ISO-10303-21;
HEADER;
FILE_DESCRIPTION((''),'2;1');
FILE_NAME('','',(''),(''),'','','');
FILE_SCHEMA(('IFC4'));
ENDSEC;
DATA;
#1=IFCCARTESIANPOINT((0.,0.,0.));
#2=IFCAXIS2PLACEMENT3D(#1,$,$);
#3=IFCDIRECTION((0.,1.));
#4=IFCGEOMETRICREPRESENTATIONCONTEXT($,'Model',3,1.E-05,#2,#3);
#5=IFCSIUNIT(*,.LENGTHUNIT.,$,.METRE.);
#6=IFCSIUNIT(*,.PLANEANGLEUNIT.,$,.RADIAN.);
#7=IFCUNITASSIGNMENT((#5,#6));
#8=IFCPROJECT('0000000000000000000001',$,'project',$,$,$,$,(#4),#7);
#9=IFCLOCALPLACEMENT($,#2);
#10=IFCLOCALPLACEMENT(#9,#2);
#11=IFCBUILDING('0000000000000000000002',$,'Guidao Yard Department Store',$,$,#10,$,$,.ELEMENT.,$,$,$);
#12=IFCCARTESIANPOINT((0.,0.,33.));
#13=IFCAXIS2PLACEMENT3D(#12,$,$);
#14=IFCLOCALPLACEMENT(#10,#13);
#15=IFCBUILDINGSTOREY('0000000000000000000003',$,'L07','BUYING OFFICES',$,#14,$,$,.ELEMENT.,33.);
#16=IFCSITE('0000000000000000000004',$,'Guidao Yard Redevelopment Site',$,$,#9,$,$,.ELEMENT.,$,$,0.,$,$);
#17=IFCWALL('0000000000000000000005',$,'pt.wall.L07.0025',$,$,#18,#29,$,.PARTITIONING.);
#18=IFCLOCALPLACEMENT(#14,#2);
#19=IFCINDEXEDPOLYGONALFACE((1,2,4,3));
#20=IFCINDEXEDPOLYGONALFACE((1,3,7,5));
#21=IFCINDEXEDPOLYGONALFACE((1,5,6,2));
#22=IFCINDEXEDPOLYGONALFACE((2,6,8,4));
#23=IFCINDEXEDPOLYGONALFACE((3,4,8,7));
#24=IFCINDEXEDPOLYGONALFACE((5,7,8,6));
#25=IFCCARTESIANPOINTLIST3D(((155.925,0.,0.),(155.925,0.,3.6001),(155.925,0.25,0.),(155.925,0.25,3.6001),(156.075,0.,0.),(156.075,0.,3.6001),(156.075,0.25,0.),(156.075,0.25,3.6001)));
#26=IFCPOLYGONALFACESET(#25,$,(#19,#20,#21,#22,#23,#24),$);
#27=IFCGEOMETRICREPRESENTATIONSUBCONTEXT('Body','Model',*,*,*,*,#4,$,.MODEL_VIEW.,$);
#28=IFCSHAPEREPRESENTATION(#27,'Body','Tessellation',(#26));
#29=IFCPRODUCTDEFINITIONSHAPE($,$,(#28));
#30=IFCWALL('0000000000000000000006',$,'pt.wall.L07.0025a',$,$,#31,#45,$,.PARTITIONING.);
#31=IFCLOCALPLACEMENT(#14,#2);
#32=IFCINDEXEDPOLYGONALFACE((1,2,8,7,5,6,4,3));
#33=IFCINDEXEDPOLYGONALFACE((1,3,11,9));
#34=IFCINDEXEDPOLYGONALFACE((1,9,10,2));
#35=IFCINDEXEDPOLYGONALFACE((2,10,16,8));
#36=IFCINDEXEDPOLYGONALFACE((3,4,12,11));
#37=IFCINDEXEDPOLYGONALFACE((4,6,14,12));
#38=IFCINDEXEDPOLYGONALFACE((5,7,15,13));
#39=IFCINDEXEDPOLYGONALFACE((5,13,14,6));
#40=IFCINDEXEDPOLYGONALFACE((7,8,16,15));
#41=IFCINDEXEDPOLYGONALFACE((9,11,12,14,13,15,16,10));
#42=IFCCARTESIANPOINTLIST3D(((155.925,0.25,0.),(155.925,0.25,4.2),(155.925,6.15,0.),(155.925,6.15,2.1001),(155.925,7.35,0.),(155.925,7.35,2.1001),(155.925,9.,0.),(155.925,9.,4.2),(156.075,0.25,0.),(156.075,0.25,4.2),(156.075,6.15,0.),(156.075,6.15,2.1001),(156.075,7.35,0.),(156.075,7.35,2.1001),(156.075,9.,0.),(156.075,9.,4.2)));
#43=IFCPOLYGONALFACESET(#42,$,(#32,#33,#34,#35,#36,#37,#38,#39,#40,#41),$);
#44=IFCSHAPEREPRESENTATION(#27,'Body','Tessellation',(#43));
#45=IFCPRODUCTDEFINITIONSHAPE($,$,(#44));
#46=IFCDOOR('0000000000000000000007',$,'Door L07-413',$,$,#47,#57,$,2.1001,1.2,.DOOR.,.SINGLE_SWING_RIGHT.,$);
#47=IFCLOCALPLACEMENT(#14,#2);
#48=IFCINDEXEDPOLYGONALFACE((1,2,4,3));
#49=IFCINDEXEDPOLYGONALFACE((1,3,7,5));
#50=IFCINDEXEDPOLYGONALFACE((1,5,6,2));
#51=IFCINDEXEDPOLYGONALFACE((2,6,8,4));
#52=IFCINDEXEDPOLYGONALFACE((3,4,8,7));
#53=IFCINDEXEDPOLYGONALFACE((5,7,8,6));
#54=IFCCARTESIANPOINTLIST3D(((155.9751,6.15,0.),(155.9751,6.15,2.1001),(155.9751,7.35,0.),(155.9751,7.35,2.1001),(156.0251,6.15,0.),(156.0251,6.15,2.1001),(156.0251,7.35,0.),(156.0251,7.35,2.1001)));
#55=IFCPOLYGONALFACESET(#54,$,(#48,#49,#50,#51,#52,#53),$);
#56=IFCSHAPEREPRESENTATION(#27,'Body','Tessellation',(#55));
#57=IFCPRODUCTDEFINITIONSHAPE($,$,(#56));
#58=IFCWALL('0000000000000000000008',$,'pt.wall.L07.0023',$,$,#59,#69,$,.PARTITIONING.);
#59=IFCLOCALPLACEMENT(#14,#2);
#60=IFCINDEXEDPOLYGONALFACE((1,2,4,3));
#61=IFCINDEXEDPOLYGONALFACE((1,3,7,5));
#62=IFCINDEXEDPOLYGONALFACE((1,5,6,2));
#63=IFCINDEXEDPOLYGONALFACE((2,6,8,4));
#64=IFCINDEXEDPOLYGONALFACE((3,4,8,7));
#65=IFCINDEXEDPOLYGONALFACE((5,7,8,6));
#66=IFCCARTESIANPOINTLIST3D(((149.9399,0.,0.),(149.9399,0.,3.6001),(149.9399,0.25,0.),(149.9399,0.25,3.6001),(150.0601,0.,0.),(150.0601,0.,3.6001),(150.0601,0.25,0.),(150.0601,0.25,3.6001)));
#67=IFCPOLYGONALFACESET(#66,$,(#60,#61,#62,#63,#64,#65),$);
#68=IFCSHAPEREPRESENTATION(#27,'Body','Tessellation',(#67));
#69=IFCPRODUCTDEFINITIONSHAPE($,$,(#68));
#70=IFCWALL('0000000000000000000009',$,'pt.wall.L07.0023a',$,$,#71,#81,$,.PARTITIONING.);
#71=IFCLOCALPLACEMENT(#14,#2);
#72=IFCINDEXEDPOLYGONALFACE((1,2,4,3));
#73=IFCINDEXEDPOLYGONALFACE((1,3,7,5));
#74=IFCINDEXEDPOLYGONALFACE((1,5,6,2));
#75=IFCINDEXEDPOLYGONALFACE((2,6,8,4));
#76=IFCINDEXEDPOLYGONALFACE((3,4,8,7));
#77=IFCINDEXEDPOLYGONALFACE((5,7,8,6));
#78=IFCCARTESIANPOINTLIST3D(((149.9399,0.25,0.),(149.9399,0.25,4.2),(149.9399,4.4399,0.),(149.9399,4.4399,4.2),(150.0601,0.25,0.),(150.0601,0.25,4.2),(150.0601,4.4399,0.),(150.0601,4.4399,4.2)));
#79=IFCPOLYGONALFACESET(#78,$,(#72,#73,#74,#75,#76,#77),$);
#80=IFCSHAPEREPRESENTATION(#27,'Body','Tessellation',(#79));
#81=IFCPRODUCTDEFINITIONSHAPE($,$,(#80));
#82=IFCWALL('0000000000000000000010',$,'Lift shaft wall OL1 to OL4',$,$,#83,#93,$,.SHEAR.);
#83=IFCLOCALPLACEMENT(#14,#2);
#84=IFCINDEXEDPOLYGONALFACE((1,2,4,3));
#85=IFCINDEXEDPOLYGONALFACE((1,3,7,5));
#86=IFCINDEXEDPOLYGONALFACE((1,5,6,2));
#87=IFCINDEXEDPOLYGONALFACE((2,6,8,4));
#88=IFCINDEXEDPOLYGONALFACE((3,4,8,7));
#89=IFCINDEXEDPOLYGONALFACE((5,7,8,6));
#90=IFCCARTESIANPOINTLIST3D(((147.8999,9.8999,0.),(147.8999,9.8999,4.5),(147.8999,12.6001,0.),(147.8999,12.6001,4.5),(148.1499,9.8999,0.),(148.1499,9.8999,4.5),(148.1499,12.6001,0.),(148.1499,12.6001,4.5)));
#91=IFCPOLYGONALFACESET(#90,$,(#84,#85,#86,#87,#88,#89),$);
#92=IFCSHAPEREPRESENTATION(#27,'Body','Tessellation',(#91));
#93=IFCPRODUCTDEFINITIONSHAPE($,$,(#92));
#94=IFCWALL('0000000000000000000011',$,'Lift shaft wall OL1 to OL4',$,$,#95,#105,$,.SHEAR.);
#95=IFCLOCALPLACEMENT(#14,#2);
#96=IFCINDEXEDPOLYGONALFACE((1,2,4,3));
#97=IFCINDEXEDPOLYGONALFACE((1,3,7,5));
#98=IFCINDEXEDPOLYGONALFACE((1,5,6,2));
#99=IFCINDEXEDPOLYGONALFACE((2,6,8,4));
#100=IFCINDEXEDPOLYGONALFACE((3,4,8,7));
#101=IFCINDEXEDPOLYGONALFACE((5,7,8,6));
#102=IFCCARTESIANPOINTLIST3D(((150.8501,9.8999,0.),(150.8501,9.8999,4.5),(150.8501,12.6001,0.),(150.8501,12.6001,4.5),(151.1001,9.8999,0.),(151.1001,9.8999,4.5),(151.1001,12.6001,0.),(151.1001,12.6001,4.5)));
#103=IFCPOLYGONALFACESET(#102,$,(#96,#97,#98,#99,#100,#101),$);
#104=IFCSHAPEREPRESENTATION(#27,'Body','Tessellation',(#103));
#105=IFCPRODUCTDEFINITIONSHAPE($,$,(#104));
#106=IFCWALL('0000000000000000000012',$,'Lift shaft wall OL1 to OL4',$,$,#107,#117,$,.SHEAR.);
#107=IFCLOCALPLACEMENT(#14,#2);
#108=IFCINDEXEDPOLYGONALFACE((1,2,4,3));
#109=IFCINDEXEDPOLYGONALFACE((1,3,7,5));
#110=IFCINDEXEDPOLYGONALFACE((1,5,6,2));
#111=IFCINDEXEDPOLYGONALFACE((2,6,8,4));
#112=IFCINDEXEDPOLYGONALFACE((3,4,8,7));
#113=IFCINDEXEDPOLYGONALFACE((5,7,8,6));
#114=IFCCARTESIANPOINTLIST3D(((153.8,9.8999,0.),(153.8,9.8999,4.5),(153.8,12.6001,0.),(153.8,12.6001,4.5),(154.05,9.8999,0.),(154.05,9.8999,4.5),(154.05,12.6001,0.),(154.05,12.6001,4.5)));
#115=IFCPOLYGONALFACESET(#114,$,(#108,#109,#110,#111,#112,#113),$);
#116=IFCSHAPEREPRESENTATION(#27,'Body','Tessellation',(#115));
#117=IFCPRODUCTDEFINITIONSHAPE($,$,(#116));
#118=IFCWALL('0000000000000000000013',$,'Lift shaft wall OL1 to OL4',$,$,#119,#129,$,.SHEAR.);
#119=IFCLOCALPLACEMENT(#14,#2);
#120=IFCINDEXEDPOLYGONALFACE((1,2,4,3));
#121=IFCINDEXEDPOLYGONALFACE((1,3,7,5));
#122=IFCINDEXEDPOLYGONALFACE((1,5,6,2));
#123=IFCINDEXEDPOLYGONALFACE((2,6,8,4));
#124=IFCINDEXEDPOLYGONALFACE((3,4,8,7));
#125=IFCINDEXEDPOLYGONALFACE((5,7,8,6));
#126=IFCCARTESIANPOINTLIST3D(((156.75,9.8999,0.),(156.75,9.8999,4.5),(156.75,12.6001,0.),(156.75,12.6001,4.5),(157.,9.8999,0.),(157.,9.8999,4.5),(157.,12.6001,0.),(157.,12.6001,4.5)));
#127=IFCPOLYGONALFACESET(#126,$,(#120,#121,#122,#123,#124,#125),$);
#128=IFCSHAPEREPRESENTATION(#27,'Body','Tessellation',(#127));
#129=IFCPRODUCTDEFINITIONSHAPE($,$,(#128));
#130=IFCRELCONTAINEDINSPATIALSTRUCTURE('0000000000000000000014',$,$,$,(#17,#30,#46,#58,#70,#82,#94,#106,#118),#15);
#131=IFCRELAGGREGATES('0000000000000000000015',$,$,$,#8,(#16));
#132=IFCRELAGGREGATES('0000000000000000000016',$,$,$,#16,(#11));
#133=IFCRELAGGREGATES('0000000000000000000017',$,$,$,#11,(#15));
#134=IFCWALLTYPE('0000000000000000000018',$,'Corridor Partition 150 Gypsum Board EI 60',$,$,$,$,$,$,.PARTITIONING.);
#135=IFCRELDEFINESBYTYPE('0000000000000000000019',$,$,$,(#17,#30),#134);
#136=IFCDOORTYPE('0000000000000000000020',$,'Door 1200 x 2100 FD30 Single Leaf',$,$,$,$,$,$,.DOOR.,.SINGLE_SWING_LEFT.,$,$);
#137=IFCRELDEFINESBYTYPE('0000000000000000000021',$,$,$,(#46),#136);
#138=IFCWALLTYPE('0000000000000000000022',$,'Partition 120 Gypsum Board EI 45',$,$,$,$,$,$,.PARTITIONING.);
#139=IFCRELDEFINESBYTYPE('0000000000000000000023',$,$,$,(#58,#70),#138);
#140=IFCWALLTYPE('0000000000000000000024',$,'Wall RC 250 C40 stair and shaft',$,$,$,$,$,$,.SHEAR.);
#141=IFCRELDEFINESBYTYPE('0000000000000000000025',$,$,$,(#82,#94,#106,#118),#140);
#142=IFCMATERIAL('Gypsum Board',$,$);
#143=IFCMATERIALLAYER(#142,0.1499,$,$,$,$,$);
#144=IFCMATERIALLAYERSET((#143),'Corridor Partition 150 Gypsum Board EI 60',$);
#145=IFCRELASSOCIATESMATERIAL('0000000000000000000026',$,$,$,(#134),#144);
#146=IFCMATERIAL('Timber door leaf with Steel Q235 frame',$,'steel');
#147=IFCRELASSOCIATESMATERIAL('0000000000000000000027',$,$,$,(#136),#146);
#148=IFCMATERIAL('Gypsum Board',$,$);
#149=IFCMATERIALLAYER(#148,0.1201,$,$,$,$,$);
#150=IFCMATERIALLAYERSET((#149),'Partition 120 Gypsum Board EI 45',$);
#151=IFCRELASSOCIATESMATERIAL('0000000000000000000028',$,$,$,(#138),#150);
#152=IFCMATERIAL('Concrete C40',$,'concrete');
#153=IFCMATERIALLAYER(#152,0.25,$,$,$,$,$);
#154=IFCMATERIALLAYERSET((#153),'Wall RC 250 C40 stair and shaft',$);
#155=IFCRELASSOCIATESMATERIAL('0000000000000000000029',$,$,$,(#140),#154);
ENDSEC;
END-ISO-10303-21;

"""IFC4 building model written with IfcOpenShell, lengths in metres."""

from ifc_helpers import new_model, si_unit, direction, frame, frame_2d, origin, place, context, subcontext, project, spatial, rectangle, extrude, material, layer, layer_set, type_object, element, fill, save


model = new_model("IFC4")

# Units and contexts
model_context = context("Model", 3, precision=1e-05, world=origin(), true_north=direction((0.0, 1.0)))
body_context = subcontext(model_context, "Body", "Model", "MODEL_VIEW")
ifc_project = project(units=[si_unit("LENGTHUNIT", "METRE"), si_unit("PLANEANGLEUNIT", "RADIAN")], contexts=[model_context])

# Site, building, storey
site_placement = place(None, origin())
site = spatial("IfcSite", under=ifc_project, at=site_placement, Name="Guidao Yard Redevelopment Site", CompositionType="ELEMENT", RefElevation=0.0)
building_placement = place(site_placement, origin())
building = spatial("IfcBuilding", under=site, at=building_placement, Name="Guidao Yard Department Store", CompositionType="ELEMENT")
storey_placement = place(building_placement, frame((0.0, 0.0, 33.0)))
storey = spatial("IfcBuildingStorey", under=building, at=storey_placement, Name="L07", Description="BUYING OFFICES", CompositionType="ELEMENT", Elevation=33.0)

# Wall
ifc_material_1 = material(Name="Gypsum Board")
ifc_layer_1 = layer(ifc_material_1, 0.1499)
ifc_layer_set_1 = layer_set([ifc_layer_1], Name="Corridor Partition 150 Gypsum Board EI 60")
wall_type_1 = type_object("IfcWallType", Name="Corridor Partition 150 Gypsum Board EI 60", PredefinedType="PARTITIONING", material=ifc_layer_set_1)
wall_1_placement = place(storey_placement, frame((156.0, 0.0, 0.0), z_axis=(0.0, 0.0, 1.0), x_axis=(0.0, 1.0, 0.0)))
element("IfcWall", 1, at=wall_1_placement, inside=storey, type_object=wall_type_1, Name="pt.wall.L07.0025", PredefinedType="PARTITIONING", context=body_context, shape_type="SweptSolid", body=[
    extrude(rectangle(XDim=0.25, YDim=0.1499, at=frame_2d((0.125, 0.0))), origin(), (0.0, 0.0, 1.0), 3.6001),
])

# Wall, opening, door
wall_2_placement = place(storey_placement, frame((156.0, 0.25, 0.0), z_axis=(0.0, 0.0, 1.0), x_axis=(0.0, 1.0, 0.0)))
wall_2 = element("IfcWall", 2, at=wall_2_placement, inside=storey, type_object=wall_type_1, Name="pt.wall.L07.0025a", PredefinedType="PARTITIONING", context=body_context, shape_type="SweptSolid", body=[
    extrude(rectangle(XDim=8.75, YDim=0.1499, at=frame_2d((4.375, 0.0))), origin(), (0.0, 0.0, 1.0), 4.2),
])
opening_placement = place(wall_2_placement, frame((5.8999, 0.0, 0.0)))
opening = element("IfcOpeningElement", 3, at=opening_placement, cuts=wall_2, PredefinedType="OPENING", context=body_context, shape_type="SweptSolid", body=[
    extrude(rectangle(XDim=1.2, YDim=2.1001, at=frame_2d((0.6001, 1.05))), frame((0.0, 0.085, 0.0), z_axis=(0.0, -1.0, 0.0), x_axis=(1.0, 0.0, 0.0)), (0.0, 0.0, 1.0), 0.1699),
])
ifc_material_2 = material(Name="Timber door leaf with Steel Q235 frame", Category="steel")
door_type = type_object("IfcDoorType", Name="Door 1200 x 2100 FD30 Single Leaf", OperationType="SINGLE_SWING_LEFT", PredefinedType="DOOR", material=ifc_material_2)
door_placement = place(opening_placement, origin())
door = element("IfcDoor", 4, at=door_placement, inside=storey, type_object=door_type, Name="Door L07-413", OperationType="SINGLE_SWING_RIGHT", OverallHeight=2.1001, OverallWidth=1.2, PredefinedType="DOOR", context=body_context, shape_type="SweptSolid", body=[
    extrude(rectangle(XDim=1.2, YDim=2.1001, at=frame_2d((0.6001, 1.05))), frame((0.0, 0.0249, 0.0), z_axis=(0.0, -1.0, 0.0), x_axis=(1.0, 0.0, 0.0)), (0.0, 0.0, 1.0), 0.05),
])
fill(opening, door)

# Walls
ifc_material_3 = material(Name="Gypsum Board")
ifc_layer_2 = layer(ifc_material_3, 0.1201)
ifc_layer_set_2 = layer_set([ifc_layer_2], Name="Partition 120 Gypsum Board EI 45")
wall_type_2 = type_object("IfcWallType", Name="Partition 120 Gypsum Board EI 45", PredefinedType="PARTITIONING", material=ifc_layer_set_2)
wall_3_placement = place(storey_placement, frame((150.0, 0.0, 0.0), z_axis=(0.0, 0.0, 1.0), x_axis=(0.0, 1.0, 0.0)))
element("IfcWall", 5, at=wall_3_placement, inside=storey, type_object=wall_type_2, Name="pt.wall.L07.0023", PredefinedType="PARTITIONING", context=body_context, shape_type="SweptSolid", body=[
    extrude(rectangle(XDim=0.25, YDim=0.1201, at=frame_2d((0.125, 0.0))), origin(), (0.0, 0.0, 1.0), 3.6001),
])
wall_4_placement = place(storey_placement, frame((150.0, 0.25, 0.0), z_axis=(0.0, 0.0, 1.0), x_axis=(0.0, 1.0, 0.0)))
element("IfcWall", 6, at=wall_4_placement, inside=storey, type_object=wall_type_2, Name="pt.wall.L07.0023a", PredefinedType="PARTITIONING", context=body_context, shape_type="SweptSolid", body=[
    extrude(rectangle(XDim=4.1899, YDim=0.1201, at=frame_2d((2.095, 0.0))), origin(), (0.0, 0.0, 1.0), 4.2),
])
ifc_material_4 = material(Name="Concrete C40", Category="concrete")
ifc_layer_3 = layer(ifc_material_4, 0.25)
ifc_layer_set_3 = layer_set([ifc_layer_3], Name="Wall RC 250 C40 stair and shaft")
wall_type_3 = type_object("IfcWallType", Name="Wall RC 250 C40 stair and shaft", PredefinedType="SHEAR", material=ifc_layer_set_3)
for number, where, z_axis, x_axis, name in (
    (7, (148.0249, 9.8999, 0.0), (0.0, 0.0, 1.0), (0.0, 1.0, 0.0), "Lift shaft wall OL1 to OL4"),
    (8, (150.9751, 9.8999, 0.0), (0.0, 0.0, 1.0), (0.0, 1.0, 0.0), "Lift shaft wall OL1 to OL4"),
    (9, (153.925, 9.8999, 0.0), (0.0, 0.0, 1.0), (0.0, 1.0, 0.0), "Lift shaft wall OL1 to OL4"),
    (10, (156.875, 9.8999, 0.0), (0.0, 0.0, 1.0), (0.0, 1.0, 0.0), "Lift shaft wall OL1 to OL4"),
):
    element("IfcWall", number, at=place(storey_placement, frame(where, z_axis=z_axis, x_axis=x_axis)), inside=storey, type_object=wall_type_3, Name=name, PredefinedType="SHEAR", context=body_context, shape_type="SweptSolid", body=[
        extrude(rectangle(XDim=2.7002, YDim=0.25, at=frame_2d((1.3501, 0.0))), origin(), (0.0, 0.0, 1.0), 4.5),
    ])

save(model, "model.ifc")
